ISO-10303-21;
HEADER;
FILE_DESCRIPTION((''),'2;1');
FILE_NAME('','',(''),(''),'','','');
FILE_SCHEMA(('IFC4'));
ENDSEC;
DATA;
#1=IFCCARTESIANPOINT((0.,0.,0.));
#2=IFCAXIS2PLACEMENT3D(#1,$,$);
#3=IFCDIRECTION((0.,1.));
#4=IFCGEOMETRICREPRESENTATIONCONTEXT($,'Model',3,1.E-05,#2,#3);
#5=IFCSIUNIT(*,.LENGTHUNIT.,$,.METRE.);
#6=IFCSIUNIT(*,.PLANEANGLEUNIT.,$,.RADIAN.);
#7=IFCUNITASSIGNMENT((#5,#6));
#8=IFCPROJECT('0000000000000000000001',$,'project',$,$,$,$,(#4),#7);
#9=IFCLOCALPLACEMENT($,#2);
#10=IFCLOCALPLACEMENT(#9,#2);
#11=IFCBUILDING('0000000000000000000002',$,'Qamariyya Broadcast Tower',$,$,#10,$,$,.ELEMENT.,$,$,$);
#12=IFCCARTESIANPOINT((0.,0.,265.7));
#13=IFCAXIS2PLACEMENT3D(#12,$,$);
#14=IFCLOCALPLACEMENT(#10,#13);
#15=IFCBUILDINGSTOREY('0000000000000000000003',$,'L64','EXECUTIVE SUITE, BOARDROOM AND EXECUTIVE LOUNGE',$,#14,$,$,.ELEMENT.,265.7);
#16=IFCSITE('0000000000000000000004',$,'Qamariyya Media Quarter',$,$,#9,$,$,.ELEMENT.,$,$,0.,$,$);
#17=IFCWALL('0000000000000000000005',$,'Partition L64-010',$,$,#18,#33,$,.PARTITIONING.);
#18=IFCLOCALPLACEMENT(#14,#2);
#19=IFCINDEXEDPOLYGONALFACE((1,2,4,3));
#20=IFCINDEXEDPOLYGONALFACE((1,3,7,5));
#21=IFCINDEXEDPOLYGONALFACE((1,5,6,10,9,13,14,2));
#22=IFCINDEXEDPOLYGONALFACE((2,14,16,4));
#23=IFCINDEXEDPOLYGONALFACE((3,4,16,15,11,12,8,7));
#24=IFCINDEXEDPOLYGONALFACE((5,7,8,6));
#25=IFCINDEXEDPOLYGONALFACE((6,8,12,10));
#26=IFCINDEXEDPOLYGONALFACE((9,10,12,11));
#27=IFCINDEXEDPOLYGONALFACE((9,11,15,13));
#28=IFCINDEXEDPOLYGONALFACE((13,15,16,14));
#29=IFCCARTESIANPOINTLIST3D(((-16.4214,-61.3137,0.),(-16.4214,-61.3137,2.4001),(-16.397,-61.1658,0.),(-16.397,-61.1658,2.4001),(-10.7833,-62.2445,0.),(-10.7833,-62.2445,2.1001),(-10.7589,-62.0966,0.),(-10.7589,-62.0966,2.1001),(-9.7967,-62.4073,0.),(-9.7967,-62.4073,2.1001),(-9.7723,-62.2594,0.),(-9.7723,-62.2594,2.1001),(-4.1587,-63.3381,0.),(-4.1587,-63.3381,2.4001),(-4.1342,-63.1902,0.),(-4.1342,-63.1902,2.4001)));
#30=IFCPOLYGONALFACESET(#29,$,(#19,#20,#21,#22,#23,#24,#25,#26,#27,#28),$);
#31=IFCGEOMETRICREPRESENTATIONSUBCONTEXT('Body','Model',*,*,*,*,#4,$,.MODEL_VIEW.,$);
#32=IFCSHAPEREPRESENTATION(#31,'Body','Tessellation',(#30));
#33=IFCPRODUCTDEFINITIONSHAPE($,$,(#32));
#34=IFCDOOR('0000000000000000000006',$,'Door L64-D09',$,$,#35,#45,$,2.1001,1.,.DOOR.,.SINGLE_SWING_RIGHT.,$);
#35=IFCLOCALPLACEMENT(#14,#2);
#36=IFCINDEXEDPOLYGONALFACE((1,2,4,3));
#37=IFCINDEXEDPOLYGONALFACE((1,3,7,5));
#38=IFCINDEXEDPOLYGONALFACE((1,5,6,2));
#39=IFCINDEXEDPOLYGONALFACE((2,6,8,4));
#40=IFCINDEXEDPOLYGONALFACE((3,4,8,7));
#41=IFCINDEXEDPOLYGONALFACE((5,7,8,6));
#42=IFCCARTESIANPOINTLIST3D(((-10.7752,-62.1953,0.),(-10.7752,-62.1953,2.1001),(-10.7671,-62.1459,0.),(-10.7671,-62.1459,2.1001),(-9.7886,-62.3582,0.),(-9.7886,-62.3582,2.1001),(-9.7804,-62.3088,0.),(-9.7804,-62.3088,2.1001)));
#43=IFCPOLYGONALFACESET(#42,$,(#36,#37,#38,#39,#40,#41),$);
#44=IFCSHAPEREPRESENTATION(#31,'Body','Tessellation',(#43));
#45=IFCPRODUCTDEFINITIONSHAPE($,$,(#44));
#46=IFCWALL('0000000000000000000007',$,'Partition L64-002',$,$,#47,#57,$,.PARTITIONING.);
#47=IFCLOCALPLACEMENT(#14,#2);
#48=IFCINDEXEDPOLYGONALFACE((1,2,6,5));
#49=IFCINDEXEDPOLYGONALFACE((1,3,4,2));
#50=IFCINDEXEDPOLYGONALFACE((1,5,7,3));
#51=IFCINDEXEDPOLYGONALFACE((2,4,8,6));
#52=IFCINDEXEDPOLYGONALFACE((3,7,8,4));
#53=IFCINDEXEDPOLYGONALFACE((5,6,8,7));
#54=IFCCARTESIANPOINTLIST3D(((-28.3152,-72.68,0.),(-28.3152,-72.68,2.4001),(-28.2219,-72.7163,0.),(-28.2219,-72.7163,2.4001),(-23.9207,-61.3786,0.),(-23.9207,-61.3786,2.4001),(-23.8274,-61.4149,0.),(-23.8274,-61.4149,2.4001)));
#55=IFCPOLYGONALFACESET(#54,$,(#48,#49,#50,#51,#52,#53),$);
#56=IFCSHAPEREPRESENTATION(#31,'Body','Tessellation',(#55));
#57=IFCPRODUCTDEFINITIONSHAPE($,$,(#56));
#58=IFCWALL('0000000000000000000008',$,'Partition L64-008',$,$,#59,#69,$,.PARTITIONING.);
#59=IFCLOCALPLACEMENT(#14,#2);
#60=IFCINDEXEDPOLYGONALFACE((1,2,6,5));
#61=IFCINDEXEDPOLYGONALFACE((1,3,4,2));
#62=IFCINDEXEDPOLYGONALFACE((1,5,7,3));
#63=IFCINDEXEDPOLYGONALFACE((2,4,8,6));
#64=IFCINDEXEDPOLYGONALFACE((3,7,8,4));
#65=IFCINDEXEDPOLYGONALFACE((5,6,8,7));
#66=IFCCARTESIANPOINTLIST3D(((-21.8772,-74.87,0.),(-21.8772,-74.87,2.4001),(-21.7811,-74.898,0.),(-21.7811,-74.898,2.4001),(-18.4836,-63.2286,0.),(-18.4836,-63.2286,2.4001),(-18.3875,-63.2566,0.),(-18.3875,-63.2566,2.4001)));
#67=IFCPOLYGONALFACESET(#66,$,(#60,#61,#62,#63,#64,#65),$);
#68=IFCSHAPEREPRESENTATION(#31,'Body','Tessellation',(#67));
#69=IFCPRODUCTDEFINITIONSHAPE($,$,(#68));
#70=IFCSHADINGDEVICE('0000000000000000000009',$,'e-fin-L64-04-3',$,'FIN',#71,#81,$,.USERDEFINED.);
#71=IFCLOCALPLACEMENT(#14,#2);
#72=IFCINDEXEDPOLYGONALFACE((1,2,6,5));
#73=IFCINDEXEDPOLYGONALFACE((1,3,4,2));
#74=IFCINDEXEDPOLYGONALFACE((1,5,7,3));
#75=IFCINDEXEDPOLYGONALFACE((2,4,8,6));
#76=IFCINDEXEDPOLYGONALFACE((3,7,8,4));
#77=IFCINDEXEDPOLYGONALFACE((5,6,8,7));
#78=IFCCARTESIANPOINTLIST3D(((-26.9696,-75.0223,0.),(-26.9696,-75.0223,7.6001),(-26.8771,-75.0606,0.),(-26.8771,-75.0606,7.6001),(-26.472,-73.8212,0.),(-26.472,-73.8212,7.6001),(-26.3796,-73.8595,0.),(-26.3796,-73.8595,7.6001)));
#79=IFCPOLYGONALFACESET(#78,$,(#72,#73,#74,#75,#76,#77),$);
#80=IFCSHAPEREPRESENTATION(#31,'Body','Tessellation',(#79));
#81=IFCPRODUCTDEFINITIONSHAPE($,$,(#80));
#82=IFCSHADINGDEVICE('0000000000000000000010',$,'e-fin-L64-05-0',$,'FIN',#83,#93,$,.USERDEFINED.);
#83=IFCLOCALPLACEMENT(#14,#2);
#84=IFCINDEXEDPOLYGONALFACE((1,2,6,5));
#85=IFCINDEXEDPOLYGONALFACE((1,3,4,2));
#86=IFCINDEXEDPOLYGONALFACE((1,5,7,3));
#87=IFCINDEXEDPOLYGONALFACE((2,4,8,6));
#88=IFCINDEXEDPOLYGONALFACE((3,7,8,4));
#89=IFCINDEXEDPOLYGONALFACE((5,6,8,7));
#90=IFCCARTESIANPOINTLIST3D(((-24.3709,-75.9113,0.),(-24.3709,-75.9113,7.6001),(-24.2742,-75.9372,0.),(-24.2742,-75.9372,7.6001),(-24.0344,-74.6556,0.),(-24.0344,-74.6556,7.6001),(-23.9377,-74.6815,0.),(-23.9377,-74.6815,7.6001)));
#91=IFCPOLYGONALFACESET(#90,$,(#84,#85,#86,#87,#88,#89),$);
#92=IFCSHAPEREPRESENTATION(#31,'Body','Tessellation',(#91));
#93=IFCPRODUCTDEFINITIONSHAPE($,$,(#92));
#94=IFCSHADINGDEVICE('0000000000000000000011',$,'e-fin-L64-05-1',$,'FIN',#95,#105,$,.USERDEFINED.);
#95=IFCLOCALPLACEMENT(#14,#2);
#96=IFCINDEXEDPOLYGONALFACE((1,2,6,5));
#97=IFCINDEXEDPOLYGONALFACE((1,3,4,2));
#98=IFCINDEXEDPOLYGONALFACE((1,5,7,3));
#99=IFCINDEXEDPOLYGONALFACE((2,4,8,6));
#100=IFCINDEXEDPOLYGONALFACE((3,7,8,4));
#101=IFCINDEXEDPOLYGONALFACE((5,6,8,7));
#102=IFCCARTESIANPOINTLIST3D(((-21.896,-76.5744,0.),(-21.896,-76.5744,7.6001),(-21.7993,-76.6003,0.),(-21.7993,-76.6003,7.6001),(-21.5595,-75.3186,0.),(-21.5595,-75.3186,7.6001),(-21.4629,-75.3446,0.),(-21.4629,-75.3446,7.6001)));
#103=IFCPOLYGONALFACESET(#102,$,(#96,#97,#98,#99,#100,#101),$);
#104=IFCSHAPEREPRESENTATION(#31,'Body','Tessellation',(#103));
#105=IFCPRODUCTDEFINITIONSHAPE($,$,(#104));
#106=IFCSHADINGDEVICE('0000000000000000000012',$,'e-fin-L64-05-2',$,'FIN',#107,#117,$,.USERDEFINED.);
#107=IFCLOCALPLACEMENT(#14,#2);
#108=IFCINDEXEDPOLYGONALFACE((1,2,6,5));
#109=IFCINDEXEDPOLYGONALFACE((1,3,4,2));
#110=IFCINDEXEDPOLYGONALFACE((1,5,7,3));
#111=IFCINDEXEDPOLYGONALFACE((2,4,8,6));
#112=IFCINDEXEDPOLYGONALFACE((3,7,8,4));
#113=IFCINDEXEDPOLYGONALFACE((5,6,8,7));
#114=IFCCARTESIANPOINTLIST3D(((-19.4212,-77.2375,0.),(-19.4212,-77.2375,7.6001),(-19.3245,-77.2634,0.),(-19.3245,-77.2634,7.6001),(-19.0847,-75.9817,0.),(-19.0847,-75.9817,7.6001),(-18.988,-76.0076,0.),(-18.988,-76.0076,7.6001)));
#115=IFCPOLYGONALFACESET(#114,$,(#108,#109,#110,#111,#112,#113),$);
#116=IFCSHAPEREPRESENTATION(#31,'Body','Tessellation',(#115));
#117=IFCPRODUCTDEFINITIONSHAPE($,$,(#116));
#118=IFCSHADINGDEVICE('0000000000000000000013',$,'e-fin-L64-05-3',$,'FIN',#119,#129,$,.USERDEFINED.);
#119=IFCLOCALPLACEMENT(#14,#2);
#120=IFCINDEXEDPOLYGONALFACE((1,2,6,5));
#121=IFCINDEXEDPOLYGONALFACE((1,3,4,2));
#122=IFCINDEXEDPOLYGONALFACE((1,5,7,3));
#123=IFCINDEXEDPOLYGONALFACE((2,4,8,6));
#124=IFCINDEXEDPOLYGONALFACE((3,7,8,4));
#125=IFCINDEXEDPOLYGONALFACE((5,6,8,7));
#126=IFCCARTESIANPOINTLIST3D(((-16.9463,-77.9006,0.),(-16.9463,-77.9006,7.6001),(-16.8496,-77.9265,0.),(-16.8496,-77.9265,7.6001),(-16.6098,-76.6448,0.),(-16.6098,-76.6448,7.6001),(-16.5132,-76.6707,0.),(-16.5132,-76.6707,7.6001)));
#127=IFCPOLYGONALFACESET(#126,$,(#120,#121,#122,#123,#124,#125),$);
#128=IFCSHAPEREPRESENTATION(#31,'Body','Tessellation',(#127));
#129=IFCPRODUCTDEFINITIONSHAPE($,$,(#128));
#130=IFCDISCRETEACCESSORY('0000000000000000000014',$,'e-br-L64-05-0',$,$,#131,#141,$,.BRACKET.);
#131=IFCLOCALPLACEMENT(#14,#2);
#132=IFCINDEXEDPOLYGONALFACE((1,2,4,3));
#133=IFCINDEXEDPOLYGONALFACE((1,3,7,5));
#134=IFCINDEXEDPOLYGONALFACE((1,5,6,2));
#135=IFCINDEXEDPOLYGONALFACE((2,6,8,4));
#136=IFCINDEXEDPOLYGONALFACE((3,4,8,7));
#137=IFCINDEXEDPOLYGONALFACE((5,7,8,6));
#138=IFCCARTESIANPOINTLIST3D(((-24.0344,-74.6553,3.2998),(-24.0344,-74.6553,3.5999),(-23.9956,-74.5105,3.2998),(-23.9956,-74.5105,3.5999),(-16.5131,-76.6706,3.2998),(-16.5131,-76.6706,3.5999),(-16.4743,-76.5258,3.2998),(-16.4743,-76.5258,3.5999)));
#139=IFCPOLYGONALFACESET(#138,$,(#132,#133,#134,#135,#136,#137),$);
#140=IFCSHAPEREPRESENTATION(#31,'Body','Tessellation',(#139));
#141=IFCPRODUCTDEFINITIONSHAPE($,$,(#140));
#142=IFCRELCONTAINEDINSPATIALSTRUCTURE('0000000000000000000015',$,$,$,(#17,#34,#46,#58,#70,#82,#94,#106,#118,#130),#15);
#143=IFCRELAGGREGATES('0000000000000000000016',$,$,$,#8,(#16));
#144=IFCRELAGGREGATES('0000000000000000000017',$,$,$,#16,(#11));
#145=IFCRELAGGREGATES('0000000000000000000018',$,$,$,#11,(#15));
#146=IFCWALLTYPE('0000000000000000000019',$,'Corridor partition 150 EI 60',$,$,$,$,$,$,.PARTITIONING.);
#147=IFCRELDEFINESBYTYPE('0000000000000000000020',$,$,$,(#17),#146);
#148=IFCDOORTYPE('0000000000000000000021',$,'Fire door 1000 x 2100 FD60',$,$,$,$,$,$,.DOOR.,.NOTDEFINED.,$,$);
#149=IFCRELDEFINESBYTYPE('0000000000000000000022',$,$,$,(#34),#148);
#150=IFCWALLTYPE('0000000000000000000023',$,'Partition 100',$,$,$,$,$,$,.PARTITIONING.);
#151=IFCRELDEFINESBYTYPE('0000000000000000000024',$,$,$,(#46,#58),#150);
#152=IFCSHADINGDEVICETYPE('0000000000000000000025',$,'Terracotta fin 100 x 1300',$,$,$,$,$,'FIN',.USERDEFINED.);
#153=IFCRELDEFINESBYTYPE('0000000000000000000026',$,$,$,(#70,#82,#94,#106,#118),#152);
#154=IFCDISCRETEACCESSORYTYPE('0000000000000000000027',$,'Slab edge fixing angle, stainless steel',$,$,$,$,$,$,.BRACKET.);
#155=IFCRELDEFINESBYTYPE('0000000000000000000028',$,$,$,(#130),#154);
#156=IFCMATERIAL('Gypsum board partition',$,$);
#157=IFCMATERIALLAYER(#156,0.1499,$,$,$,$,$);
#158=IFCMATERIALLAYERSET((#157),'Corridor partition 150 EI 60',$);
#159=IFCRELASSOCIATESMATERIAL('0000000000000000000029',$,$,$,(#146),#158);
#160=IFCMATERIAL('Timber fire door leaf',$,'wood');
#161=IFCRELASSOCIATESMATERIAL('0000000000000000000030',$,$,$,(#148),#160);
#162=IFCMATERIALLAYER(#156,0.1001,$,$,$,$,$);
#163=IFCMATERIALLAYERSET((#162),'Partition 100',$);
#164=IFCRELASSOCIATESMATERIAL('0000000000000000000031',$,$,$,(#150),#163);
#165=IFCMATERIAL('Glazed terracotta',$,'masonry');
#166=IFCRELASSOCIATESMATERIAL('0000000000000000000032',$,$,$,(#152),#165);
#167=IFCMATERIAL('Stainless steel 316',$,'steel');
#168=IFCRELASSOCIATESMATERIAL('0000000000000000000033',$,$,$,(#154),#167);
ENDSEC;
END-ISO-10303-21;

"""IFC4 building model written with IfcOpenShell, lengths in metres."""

from ifc_helpers import new_model, si_unit, direction, frame, frame_2d, origin, origin_2d, place, context, subcontext, project, spatial, rectangle, extrude, material, layer, layer_set, material_profile, profile_set, type_object, element, fill, save


model = new_model("IFC4")

# Units and contexts
model_context = context("Model", 3, precision=1e-05, world=origin(), true_north=direction((0.0, 1.0)))
body_context = subcontext(model_context, "Body", "Model", "MODEL_VIEW")
ifc_project = project(units=[si_unit("LENGTHUNIT", "METRE"), si_unit("PLANEANGLEUNIT", "RADIAN")], contexts=[model_context])

# Site, building, storey
site_placement = place(None, origin())
site = spatial("IfcSite", under=ifc_project, at=site_placement, Name="Qamariyya Media Quarter", CompositionType="ELEMENT", RefElevation=0.0)
building_placement = place(site_placement, origin())
building = spatial("IfcBuilding", under=site, at=building_placement, Name="Qamariyya Broadcast Tower", CompositionType="ELEMENT")
storey_placement = place(building_placement, frame((0.0, 0.0, 265.7)))
storey = spatial("IfcBuildingStorey", under=building, at=storey_placement, Name="L64", Description="EXECUTIVE SUITE, BOARDROOM AND EXECUTIVE LOUNGE", CompositionType="ELEMENT", Elevation=265.7)

# Shared definitions
ifc_material_1 = material(Name="Gypsum board partition")
ifc_layer_1 = layer(ifc_material_1, 0.1499)
ifc_layer_set_1 = layer_set([ifc_layer_1], Name="Corridor partition 150 EI 60")
wall_type_1 = type_object("IfcWallType", Name="Corridor partition 150 EI 60", PredefinedType="PARTITIONING", material=ifc_layer_set_1)
ifc_material_2 = material(Name="Timber fire door leaf", Category="wood")
door_type_1 = type_object("IfcDoorType", Name="Fire door 1000 x 2100 FD60", OperationType="NOTDEFINED", PredefinedType="DOOR", material=ifc_material_2)

# Wall, opening, door
wall_1_placement = place(storey_placement, frame((-16.4092, -61.2397, 0.0), z_axis=(0.0, 0.0, 1.0), x_axis=(0.986645, -0.162883, 0.0)))
wall_1 = element("IfcWall", 1, at=wall_1_placement, inside=storey, type_object=wall_type_1, Name="Partition L64-010", PredefinedType="PARTITIONING", context=body_context, shape_type="SweptSolid", body=[
    extrude(rectangle(XDim=12.4287, YDim=0.1499, at=frame_2d((6.2144, 0.0))), origin(), (0.0, 0.0, 1.0), 2.4001),
])
opening_1_placement = place(wall_1_placement, frame((5.7144, 0.0, 0.0)))
opening_1 = element("IfcOpeningElement", 2, at=opening_1_placement, cuts=wall_1, PredefinedType="OPENING", context=body_context, shape_type="SweptSolid", body=[
    extrude(rectangle(XDim=1.0, YDim=2.1001, at=frame_2d((0.5, 1.05))), frame((0.0, 0.085, 0.0), z_axis=(0.0, -1.0, 0.0), x_axis=(1.0, 0.0, 0.0)), (0.0, 0.0, 1.0), 0.1699),
])
door_1_placement = place(opening_1_placement, origin())
door_1 = element("IfcDoor", 3, at=door_1_placement, inside=storey, type_object=door_type_1, Name="Door L64-D09", OperationType="SINGLE_SWING_RIGHT", OverallHeight=2.1001, OverallWidth=1.0, PredefinedType="DOOR", context=body_context, shape_type="SweptSolid", body=[
    extrude(rectangle(XDim=1.0, YDim=2.1001, at=frame_2d((0.5, 1.05))), frame((0.0, 0.0249, 0.0), z_axis=(0.0, -1.0, 0.0), x_axis=(1.0, 0.0, 0.0)), (0.0, 0.0, 1.0), 0.05),
])
fill(opening_1, door_1)

# Walls
ifc_layer_2 = layer(ifc_material_1, 0.1001)
ifc_layer_set_2 = layer_set([ifc_layer_2], Name="Partition 100")
wall_type_2 = type_object("IfcWallType", Name="Partition 100", PredefinedType="PARTITIONING", material=ifc_layer_set_2)
wall_2_placement = place(storey_placement, frame((-28.2686, -72.6982, 0.0), z_axis=(0.0, 0.0, 1.0), x_axis=(0.36241, 0.932019, 0.0)))
element("IfcWall", 4, at=wall_2_placement, inside=storey, type_object=wall_type_2, Name="Partition L64-002", PredefinedType="PARTITIONING", context=body_context, shape_type="SweptSolid", body=[
    extrude(rectangle(XDim=12.1257, YDim=0.1001, at=frame_2d((6.063, 0.0))), origin(), (0.0, 0.0, 1.0), 2.4001),
])
wall_3_placement = place(storey_placement, frame((-21.8291, -74.884, 0.0), z_axis=(0.0, 0.0, 1.0), x_axis=(0.27986, 0.960041, 0.0)))
element("IfcWall", 5, at=wall_3_placement, inside=storey, type_object=wall_type_2, Name="Partition L64-008", PredefinedType="PARTITIONING", context=body_context, shape_type="SweptSolid", body=[
    extrude(rectangle(XDim=12.126, YDim=0.1001, at=frame_2d((6.063, 0.0))), origin(), (0.0, 0.0, 1.0), 2.4001),
])

# Shading devices
ifc_material_3 = material(Name="Glazed terracotta", Category="masonry")
ifc_material_profile_1 = material_profile(ifc_material_3, rectangle(XDim=1.3, YDim=0.1001, at=origin_2d()))
ifc_profile_set_1 = profile_set([ifc_material_profile_1], Name="Glazed terracotta")
shading_device_type_1 = type_object("IfcShadingDeviceType", Name="Terracotta fin 100 x 1300", ElementType="FIN", PredefinedType="USERDEFINED", material=ifc_profile_set_1)
for number, where, z_axis, x_axis, name in (
    (6, (-26.6746, -74.4409, 0.0), (0.0, 0.0, 1.0), (-0.382683, -0.92388, 0.0), "e-fin-L64-04-3"),
    (7, (-24.1543, -75.2964, 0.0), (0.0, 0.0, 1.0), (-0.258819, -0.965926, 0.0), "e-fin-L64-05-0"),
    (8, (-21.6794, -75.9595, 0.0), (0.0, 0.0, 1.0), (-0.258819, -0.965926, 0.0), "e-fin-L64-05-1"),
    (9, (-19.2046, -76.6226, 0.0), (0.0, 0.0, 1.0), (-0.258819, -0.965926, 0.0), "e-fin-L64-05-2"),
    (10, (-16.7297, -77.2856, 0.0), (0.0, 0.0, 1.0), (-0.258819, -0.965926, 0.0), "e-fin-L64-05-3"),
):
    element("IfcShadingDevice", number, at=place(storey_placement, frame(where, z_axis=z_axis, x_axis=x_axis)), inside=storey, type_object=shading_device_type_1, Name=name, ObjectType="FIN", PredefinedType="USERDEFINED", context=body_context, shape_type="SweptSolid", body=[
        extrude(rectangle(XDim=1.3, YDim=0.1001, at=origin_2d()), origin(), (0.0, 0.0, 1.0), 7.6001),
    ])

# Discrete accessory
ifc_material_4 = material(Name="Stainless steel 316", Category="steel")
discrete_accessory_type = type_object("IfcDiscreteAccessoryType", Name="Slab edge fixing angle, stainless steel", PredefinedType="BRACKET", material=ifc_material_4)
discrete_accessory_placement = place(storey_placement, frame((-20.2544, -75.5906, 3.2998), z_axis=(0.0, 0.0, 1.0), x_axis=(0.965926, -0.258819, 0.0)))
element("IfcDiscreteAccessory", 11, at=discrete_accessory_placement, inside=storey, type_object=discrete_accessory_type, Name="e-br-L64-05-0", PredefinedType="BRACKET", context=body_context, shape_type="SweptSolid", body=[
    extrude(rectangle(XDim=7.7866, YDim=0.1499, at=origin_2d()), origin(), (0.0, 0.0, 1.0), 0.3),
])

save(model, "model.ifc")
